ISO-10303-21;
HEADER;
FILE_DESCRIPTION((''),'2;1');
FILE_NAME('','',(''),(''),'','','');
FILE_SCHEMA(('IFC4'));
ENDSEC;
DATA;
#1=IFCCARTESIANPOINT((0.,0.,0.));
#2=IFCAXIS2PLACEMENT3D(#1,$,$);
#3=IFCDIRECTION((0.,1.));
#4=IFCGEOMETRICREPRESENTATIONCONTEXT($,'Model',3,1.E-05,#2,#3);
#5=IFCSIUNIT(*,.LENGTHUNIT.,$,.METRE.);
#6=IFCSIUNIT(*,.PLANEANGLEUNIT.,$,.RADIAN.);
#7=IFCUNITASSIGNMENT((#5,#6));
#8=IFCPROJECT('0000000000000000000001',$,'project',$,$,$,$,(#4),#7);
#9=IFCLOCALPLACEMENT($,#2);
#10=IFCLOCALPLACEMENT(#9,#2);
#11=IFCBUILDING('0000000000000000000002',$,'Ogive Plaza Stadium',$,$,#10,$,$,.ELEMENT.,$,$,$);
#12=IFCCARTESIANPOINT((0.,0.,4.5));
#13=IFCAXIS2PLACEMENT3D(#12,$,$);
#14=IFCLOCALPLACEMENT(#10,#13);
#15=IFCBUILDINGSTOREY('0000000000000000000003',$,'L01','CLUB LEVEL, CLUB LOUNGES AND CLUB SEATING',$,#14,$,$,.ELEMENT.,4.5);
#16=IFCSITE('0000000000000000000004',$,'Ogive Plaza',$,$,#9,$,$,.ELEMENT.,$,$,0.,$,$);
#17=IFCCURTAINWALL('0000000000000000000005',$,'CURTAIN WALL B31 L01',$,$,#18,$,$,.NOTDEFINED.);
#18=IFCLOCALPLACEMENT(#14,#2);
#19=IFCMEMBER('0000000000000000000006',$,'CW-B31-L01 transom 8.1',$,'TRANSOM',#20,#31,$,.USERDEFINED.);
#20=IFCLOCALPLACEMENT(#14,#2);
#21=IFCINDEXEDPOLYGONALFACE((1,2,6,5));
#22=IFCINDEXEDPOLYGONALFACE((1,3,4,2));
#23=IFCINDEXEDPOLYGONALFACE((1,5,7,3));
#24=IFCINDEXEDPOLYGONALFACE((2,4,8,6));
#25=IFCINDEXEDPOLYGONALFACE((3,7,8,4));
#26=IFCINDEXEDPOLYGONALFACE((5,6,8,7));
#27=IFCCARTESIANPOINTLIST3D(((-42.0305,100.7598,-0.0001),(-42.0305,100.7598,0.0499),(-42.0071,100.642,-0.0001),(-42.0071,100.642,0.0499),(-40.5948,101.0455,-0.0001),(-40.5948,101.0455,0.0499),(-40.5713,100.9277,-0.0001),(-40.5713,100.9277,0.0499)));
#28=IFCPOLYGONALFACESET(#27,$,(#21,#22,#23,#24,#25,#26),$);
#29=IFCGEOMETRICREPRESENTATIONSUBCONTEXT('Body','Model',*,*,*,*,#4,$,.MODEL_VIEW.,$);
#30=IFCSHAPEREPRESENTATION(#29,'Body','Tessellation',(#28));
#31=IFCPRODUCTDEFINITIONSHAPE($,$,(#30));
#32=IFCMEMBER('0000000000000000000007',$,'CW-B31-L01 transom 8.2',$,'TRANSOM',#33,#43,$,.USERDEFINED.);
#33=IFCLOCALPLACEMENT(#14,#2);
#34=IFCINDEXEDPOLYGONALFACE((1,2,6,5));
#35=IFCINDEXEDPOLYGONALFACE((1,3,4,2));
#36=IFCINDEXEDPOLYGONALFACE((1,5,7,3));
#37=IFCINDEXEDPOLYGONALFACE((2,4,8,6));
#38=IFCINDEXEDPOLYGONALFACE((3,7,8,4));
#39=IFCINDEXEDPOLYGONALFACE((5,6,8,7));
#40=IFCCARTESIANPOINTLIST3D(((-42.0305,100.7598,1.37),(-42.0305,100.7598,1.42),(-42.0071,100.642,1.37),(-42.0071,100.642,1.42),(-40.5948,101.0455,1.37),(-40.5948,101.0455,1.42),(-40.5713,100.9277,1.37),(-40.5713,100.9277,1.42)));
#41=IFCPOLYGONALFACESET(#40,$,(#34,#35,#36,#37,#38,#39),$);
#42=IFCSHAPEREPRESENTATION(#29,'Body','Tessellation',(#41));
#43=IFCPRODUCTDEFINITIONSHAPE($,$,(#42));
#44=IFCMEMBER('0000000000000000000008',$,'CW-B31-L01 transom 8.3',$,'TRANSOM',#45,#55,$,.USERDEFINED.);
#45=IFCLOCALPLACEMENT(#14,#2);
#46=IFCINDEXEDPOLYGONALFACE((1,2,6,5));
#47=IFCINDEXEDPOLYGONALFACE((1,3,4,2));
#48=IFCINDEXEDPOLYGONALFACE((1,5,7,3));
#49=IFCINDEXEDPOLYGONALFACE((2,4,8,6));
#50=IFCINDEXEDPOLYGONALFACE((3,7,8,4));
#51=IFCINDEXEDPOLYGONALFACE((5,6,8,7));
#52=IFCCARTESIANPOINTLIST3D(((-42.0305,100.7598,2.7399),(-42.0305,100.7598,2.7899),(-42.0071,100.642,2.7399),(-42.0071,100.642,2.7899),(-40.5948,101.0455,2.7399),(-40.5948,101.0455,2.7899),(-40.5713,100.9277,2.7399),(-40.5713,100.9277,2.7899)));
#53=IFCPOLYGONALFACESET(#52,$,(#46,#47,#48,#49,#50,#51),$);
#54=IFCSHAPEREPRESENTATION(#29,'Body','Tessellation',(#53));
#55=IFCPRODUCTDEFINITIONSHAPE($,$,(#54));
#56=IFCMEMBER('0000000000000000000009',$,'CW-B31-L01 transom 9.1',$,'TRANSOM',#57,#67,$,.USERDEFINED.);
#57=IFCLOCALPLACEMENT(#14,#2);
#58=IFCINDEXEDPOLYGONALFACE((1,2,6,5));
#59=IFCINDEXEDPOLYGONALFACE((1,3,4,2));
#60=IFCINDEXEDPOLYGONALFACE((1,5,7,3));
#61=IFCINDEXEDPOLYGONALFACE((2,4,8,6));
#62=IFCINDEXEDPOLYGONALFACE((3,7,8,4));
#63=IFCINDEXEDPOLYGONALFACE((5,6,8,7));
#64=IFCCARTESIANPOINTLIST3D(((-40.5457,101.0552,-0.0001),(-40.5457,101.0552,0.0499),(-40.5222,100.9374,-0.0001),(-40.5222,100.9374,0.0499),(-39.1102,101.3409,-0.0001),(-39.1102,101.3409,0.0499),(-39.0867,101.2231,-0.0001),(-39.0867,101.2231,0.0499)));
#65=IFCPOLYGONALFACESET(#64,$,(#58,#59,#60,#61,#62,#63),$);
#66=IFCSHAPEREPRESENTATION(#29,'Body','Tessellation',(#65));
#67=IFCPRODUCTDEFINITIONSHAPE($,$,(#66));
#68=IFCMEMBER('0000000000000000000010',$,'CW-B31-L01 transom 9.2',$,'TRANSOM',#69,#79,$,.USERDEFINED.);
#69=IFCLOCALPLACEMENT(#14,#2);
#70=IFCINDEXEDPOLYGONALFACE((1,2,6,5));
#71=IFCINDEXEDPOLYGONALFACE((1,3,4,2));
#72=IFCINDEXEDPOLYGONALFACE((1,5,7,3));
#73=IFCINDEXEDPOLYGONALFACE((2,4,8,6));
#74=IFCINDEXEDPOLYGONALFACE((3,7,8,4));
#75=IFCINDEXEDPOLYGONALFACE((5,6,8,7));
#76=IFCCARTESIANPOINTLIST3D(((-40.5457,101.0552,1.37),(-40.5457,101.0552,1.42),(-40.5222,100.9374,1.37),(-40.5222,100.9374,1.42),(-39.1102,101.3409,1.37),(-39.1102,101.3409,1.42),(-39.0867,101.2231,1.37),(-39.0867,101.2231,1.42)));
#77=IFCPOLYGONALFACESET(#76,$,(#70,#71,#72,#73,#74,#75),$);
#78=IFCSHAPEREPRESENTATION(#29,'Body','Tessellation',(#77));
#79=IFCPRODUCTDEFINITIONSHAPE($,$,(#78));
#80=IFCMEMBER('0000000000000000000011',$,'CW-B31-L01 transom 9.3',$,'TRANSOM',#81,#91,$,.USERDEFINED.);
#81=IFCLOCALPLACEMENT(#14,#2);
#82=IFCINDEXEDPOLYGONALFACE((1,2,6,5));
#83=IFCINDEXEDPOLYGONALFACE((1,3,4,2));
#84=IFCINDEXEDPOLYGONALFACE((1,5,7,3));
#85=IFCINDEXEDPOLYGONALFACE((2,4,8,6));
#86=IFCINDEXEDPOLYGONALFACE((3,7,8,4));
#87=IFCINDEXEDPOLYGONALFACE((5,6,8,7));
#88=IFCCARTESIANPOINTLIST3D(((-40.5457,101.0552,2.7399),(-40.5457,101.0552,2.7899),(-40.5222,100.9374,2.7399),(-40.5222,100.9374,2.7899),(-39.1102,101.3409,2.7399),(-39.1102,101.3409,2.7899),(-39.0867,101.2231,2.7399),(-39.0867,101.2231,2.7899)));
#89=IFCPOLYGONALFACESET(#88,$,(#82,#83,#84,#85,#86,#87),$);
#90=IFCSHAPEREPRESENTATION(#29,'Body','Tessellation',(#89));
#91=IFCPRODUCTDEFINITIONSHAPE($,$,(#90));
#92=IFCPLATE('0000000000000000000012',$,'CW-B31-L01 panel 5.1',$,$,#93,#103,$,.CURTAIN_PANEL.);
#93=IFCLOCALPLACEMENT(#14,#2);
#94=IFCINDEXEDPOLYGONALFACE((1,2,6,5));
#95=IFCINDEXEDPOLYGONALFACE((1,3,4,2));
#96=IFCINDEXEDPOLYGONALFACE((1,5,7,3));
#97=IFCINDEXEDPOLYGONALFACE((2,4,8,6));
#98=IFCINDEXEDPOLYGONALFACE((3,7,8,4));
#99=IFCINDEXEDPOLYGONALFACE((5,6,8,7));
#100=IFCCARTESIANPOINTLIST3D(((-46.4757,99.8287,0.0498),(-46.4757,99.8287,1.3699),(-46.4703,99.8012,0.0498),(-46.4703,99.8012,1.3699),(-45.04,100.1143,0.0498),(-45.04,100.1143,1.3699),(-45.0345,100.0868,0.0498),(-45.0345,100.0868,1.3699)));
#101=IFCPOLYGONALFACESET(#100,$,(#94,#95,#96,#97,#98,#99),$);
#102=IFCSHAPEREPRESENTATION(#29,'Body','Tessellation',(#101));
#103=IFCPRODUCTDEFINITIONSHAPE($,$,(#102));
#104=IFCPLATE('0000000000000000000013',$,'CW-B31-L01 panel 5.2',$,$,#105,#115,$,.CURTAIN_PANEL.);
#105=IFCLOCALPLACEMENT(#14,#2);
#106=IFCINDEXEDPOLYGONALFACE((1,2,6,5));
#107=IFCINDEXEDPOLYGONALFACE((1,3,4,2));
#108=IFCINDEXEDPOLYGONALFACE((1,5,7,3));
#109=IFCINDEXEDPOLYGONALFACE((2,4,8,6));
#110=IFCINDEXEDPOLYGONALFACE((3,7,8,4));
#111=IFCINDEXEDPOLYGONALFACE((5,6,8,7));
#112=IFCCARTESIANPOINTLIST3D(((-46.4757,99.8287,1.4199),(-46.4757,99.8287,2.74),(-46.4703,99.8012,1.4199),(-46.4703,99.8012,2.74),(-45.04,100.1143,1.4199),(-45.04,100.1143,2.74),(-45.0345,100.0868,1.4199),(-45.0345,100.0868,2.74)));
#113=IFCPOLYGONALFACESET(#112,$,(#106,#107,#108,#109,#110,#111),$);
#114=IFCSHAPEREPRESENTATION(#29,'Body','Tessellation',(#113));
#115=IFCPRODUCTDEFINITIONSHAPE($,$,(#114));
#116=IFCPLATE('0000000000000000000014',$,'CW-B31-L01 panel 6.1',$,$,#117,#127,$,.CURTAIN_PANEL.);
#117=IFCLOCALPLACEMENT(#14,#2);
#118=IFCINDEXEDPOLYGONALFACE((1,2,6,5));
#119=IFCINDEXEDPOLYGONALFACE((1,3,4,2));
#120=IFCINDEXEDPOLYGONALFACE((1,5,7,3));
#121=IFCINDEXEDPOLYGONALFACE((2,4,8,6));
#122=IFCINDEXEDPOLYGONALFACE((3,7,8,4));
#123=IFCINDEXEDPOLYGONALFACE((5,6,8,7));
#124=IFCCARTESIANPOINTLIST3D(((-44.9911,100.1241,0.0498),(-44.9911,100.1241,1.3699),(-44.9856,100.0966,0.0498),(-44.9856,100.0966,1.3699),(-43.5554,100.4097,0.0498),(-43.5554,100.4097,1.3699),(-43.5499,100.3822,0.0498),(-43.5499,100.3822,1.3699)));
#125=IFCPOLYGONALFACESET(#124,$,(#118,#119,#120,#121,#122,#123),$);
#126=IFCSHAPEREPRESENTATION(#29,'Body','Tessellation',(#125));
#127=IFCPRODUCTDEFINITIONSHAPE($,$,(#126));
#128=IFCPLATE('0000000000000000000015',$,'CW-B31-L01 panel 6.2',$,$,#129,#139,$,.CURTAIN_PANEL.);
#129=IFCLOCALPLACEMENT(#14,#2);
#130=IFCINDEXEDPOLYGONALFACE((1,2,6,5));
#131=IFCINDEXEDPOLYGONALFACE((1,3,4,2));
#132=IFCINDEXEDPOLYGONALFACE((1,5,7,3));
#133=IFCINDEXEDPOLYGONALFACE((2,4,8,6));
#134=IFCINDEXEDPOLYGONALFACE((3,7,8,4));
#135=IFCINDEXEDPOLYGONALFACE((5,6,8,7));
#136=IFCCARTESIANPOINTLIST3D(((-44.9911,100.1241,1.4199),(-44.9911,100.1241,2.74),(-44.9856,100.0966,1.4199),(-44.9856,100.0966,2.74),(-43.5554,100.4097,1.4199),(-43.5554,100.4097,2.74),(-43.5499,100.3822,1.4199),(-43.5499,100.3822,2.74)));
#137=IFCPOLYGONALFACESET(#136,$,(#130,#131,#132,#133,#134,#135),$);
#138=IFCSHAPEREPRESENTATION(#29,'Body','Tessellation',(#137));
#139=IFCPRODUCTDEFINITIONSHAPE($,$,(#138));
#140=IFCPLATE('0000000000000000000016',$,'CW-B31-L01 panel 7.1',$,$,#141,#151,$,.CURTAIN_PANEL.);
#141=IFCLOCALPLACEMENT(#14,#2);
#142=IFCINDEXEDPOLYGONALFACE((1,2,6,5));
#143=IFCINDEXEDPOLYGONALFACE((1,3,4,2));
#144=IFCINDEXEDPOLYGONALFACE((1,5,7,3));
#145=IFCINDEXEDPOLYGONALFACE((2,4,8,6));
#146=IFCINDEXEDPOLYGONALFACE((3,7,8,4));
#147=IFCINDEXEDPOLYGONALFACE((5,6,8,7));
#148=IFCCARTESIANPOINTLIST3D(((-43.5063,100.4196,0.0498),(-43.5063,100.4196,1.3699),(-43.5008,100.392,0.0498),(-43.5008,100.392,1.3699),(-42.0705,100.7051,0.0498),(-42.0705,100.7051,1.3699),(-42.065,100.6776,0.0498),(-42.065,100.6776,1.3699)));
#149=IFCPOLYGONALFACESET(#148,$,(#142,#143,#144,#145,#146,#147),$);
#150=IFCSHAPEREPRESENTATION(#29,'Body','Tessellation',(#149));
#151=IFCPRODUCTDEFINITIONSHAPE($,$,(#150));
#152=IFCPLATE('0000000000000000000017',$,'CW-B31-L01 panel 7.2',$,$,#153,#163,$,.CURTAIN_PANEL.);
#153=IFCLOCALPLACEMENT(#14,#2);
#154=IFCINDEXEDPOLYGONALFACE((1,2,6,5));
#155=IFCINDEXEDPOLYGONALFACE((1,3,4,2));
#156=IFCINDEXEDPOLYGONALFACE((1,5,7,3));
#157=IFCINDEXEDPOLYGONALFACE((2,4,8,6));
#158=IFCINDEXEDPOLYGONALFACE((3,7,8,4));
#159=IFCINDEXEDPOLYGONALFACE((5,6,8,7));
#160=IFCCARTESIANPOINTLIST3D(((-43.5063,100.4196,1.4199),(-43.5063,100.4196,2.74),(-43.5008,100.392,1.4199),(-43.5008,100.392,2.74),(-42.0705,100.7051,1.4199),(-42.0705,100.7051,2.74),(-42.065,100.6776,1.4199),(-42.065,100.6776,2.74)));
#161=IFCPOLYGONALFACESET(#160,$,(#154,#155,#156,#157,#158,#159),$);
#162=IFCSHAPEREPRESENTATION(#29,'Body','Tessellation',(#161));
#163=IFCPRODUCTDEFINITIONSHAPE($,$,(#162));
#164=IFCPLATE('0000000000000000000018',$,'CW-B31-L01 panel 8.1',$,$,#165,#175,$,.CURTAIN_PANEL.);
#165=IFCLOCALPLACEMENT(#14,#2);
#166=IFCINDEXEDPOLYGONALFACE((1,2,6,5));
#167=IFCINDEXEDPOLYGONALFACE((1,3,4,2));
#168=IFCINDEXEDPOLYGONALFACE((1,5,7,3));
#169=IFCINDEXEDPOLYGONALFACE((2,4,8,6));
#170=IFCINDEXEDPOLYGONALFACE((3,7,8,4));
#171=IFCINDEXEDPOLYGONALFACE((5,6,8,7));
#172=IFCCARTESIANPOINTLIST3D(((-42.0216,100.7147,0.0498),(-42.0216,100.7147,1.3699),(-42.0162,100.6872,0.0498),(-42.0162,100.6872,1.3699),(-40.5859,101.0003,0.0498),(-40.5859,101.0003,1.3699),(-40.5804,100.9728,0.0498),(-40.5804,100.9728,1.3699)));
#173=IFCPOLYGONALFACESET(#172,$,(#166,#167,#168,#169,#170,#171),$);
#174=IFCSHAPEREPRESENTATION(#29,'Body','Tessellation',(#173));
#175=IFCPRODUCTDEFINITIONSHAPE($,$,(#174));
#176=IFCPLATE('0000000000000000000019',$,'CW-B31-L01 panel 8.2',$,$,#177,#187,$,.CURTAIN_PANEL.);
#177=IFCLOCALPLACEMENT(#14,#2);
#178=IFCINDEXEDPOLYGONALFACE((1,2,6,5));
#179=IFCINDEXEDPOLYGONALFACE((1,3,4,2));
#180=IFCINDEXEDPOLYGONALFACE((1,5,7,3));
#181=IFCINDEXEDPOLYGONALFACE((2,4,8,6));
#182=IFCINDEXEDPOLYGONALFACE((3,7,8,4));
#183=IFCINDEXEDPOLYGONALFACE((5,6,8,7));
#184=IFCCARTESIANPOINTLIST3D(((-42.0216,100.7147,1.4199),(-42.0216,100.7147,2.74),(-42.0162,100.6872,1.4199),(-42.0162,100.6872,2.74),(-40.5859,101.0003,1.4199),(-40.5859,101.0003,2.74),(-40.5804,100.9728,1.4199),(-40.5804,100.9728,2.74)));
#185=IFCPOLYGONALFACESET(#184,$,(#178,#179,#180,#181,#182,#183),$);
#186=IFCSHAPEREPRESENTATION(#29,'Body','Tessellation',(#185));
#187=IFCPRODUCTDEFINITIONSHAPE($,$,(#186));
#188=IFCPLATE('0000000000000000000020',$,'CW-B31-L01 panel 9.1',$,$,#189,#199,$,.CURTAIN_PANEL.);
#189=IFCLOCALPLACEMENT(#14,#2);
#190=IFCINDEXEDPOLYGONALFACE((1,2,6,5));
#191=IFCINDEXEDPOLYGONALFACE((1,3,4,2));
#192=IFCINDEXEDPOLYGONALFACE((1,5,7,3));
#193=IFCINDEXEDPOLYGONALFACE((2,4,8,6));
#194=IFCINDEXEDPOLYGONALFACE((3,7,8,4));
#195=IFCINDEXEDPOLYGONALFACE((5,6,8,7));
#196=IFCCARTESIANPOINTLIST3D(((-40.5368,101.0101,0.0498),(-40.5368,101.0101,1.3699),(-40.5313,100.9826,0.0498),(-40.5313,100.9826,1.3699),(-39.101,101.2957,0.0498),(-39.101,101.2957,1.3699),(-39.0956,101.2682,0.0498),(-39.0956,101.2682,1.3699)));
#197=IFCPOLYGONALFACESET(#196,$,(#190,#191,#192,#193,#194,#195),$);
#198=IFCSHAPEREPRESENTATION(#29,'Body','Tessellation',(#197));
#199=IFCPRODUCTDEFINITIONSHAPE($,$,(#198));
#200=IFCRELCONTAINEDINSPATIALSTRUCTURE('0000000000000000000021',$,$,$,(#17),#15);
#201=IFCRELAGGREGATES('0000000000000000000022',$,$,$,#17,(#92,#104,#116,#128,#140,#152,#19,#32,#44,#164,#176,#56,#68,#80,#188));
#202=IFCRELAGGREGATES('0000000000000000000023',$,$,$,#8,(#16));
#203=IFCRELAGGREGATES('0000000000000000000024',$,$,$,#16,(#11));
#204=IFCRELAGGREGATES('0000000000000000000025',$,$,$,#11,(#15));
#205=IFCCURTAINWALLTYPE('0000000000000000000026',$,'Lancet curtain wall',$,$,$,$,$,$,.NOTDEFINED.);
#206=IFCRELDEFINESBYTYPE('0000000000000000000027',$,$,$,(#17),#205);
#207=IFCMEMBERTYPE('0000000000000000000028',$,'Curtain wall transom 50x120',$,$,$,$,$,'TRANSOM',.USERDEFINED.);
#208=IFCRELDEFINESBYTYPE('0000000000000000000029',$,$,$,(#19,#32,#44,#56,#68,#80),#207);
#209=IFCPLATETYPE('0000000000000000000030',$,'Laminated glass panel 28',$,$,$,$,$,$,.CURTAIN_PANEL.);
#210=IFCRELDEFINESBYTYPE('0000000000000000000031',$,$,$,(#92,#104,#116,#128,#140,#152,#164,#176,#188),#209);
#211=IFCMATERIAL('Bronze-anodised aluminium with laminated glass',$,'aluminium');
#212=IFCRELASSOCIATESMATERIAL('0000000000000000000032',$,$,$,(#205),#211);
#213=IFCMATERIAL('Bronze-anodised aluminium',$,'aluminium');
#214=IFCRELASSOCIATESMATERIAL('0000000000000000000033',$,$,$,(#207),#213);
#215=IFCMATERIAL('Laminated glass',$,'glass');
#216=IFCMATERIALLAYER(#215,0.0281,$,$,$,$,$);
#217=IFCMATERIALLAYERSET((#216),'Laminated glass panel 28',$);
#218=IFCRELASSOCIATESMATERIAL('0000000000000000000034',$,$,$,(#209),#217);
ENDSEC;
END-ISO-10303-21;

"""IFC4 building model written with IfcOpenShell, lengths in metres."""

from ifc_helpers import new_model, si_unit, direction, frame, origin, origin_2d, place, context, subcontext, project, spatial, rectangle, extrude, material, layer, layer_set, material_profile, profile_set, type_object, element, aggregate, save


model = new_model("IFC4")

# Units and contexts
model_context = context("Model", 3, precision=1e-05, world=origin(), true_north=direction((0.0, 1.0)))
body_context = subcontext(model_context, "Body", "Model", "MODEL_VIEW")
ifc_project = project(units=[si_unit("LENGTHUNIT", "METRE"), si_unit("PLANEANGLEUNIT", "RADIAN")], contexts=[model_context])

# Site, building, storey
site_placement = place(None, origin())
site = spatial("IfcSite", under=ifc_project, at=site_placement, Name="Ogive Plaza", CompositionType="ELEMENT", RefElevation=0.0)
building_placement = place(site_placement, origin())
building = spatial("IfcBuilding", under=site, at=building_placement, Name="Ogive Plaza Stadium", CompositionType="ELEMENT")
storey_placement = place(building_placement, frame((0.0, 0.0, 4.5)))
storey = spatial("IfcBuildingStorey", under=building, at=storey_placement, Name="L01", Description="CLUB LEVEL, CLUB LOUNGES AND CLUB SEATING", CompositionType="ELEMENT", Elevation=4.5)

# Curtain wall, members, plates
ifc_material_1 = material(Name="Bronze-anodised aluminium with laminated glass", Category="aluminium")
curtain_wall_type = type_object("IfcCurtainWallType", Name="Lancet curtain wall", PredefinedType="NOTDEFINED", material=ifc_material_1)
curtain_wall_placement = place(storey_placement, origin())
curtain_wall = element("IfcCurtainWall", 1, at=curtain_wall_placement, inside=storey, type_object=curtain_wall_type, Name="CURTAIN WALL B31 L01", PredefinedType="NOTDEFINED")
ifc_material_2 = material(Name="Bronze-anodised aluminium", Category="aluminium")
ifc_material_profile_1 = material_profile(ifc_material_2, rectangle(XDim=0.1201, YDim=0.05, at=origin_2d()), Name="AL 120x50")
ifc_profile_set_1 = profile_set([ifc_material_profile_1], Name="Bronze-anodised aluminium")
member_type_1 = type_object("IfcMemberType", Name="Curtain wall transom 50x120", ElementType="TRANSOM", PredefinedType="USERDEFINED", material=ifc_profile_set_1)
member_1_placement = place(storey_placement, frame((-42.0188, 100.7009, 0.0249), z_axis=(0.980779, 0.195122, 0.0), x_axis=(-0.195122, 0.980779, 0.0)))
member_1 = element("IfcMember", 2, at=member_1_placement, type_object=member_type_1, Name="CW-B31-L01 transom 8.1", ObjectType="TRANSOM", PredefinedType="USERDEFINED", context=body_context, shape_type="SweptSolid", body=[
    extrude(rectangle(XDim=0.1201, YDim=0.05, at=origin_2d()), origin(), (0.0, 0.0, 1.0), 1.4639),
])
member_2_placement = place(storey_placement, frame((-42.0188, 100.7009, 1.395), z_axis=(0.980779, 0.195122, 0.0), x_axis=(-0.195122, 0.980779, 0.0)))
member_2 = element("IfcMember", 3, at=member_2_placement, type_object=member_type_1, Name="CW-B31-L01 transom 8.2", ObjectType="TRANSOM", PredefinedType="USERDEFINED", context=body_context, shape_type="SweptSolid", body=[
    extrude(rectangle(XDim=0.1201, YDim=0.05, at=origin_2d()), origin(), (0.0, 0.0, 1.0), 1.4639),
])
member_3_placement = place(storey_placement, frame((-42.0188, 100.7009, 2.7649), z_axis=(0.980779, 0.195122, 0.0), x_axis=(-0.195122, 0.980779, 0.0)))
member_3 = element("IfcMember", 4, at=member_3_placement, type_object=member_type_1, Name="CW-B31-L01 transom 8.3", ObjectType="TRANSOM", PredefinedType="USERDEFINED", context=body_context, shape_type="SweptSolid", body=[
    extrude(rectangle(XDim=0.1201, YDim=0.05, at=origin_2d()), origin(), (0.0, 0.0, 1.0), 1.4639),
])
member_4_placement = place(storey_placement, frame((-40.5339, 100.9963, 0.0249), z_axis=(0.980773, 0.195154, 0.0), x_axis=(-0.195154, 0.980773, 0.0)))
member_4 = element("IfcMember", 5, at=member_4_placement, type_object=member_type_1, Name="CW-B31-L01 transom 9.1", ObjectType="TRANSOM", PredefinedType="USERDEFINED", context=body_context, shape_type="SweptSolid", body=[
    extrude(rectangle(XDim=0.1201, YDim=0.05, at=origin_2d()), origin(), (0.0, 0.0, 1.0), 1.4636),
])
member_5_placement = place(storey_placement, frame((-40.5339, 100.9963, 1.395), z_axis=(0.980773, 0.195154, 0.0), x_axis=(-0.195154, 0.980773, 0.0)))
member_5 = element("IfcMember", 6, at=member_5_placement, type_object=member_type_1, Name="CW-B31-L01 transom 9.2", ObjectType="TRANSOM", PredefinedType="USERDEFINED", context=body_context, shape_type="SweptSolid", body=[
    extrude(rectangle(XDim=0.1201, YDim=0.05, at=origin_2d()), origin(), (0.0, 0.0, 1.0), 1.4636),
])
member_6_placement = place(storey_placement, frame((-40.5339, 100.9963, 2.7649), z_axis=(0.980773, 0.195154, 0.0), x_axis=(-0.195154, 0.980773, 0.0)))
member_6 = element("IfcMember", 7, at=member_6_placement, type_object=member_type_1, Name="CW-B31-L01 transom 9.3", ObjectType="TRANSOM", PredefinedType="USERDEFINED", context=body_context, shape_type="SweptSolid", body=[
    extrude(rectangle(XDim=0.1201, YDim=0.05, at=origin_2d()), origin(), (0.0, 0.0, 1.0), 1.4636),
])
ifc_material_3 = material(Name="Laminated glass", Category="glass")
ifc_layer_1 = layer(ifc_material_3, 0.0281)
ifc_layer_set_1 = layer_set([ifc_layer_1], Name="Laminated glass panel 28")
plate_type = type_object("IfcPlateType", Name="Laminated glass panel 28", PredefinedType="CURTAIN_PANEL", material=ifc_layer_set_1)
plate_1_placement = place(storey_placement, frame((-45.7551, 99.9578, 0.0498), z_axis=(0.0, 0.0, 1.0), x_axis=(0.980785, 0.19509, 0.0)))
plate_1 = element("IfcPlate", 8, at=plate_1_placement, type_object=plate_type, Name="CW-B31-L01 panel 5.1", PredefinedType="CURTAIN_PANEL", context=body_context, shape_type="SweptSolid", body=[
    extrude(rectangle(XDim=1.4639, YDim=0.0281, at=origin_2d()), origin(), (0.0, 0.0, 1.0), 1.3201),
])
plate_2_placement = place(storey_placement, frame((-45.7551, 99.9578, 1.4199), z_axis=(0.0, 0.0, 1.0), x_axis=(0.980785, 0.19509, 0.0)))
plate_2 = element("IfcPlate", 9, at=plate_2_placement, type_object=plate_type, Name="CW-B31-L01 panel 5.2", PredefinedType="CURTAIN_PANEL", context=body_context, shape_type="SweptSolid", body=[
    extrude(rectangle(XDim=1.4639, YDim=0.0281, at=origin_2d()), origin(), (0.0, 0.0, 1.0), 1.3201),
])
plate_3_placement = place(storey_placement, frame((-44.2705, 100.2532, 0.0498), z_axis=(0.0, 0.0, 1.0), x_axis=(0.980785, 0.19509, 0.0)))
plate_3 = element("IfcPlate", 10, at=plate_3_placement, type_object=plate_type, Name="CW-B31-L01 panel 6.1", PredefinedType="CURTAIN_PANEL", context=body_context, shape_type="SweptSolid", body=[
    extrude(rectangle(XDim=1.4639, YDim=0.0281, at=origin_2d()), origin(), (0.0, 0.0, 1.0), 1.3201),
])
plate_4_placement = place(storey_placement, frame((-44.2705, 100.2532, 1.4199), z_axis=(0.0, 0.0, 1.0), x_axis=(0.980785, 0.19509, 0.0)))
plate_4 = element("IfcPlate", 11, at=plate_4_placement, type_object=plate_type, Name="CW-B31-L01 panel 6.2", PredefinedType="CURTAIN_PANEL", context=body_context, shape_type="SweptSolid", body=[
    extrude(rectangle(XDim=1.4639, YDim=0.0281, at=origin_2d()), origin(), (0.0, 0.0, 1.0), 1.3201),
])
plate_5_placement = place(storey_placement, frame((-42.7856, 100.5486, 0.0498), z_axis=(0.0, 0.0, 1.0), x_axis=(0.980785, 0.19509, 0.0)))
plate_5 = element("IfcPlate", 12, at=plate_5_placement, type_object=plate_type, Name="CW-B31-L01 panel 7.1", PredefinedType="CURTAIN_PANEL", context=body_context, shape_type="SweptSolid", body=[
    extrude(rectangle(XDim=1.4639, YDim=0.0281, at=origin_2d()), origin(), (0.0, 0.0, 1.0), 1.3201),
])
plate_6_placement = place(storey_placement, frame((-42.7856, 100.5486, 1.4199), z_axis=(0.0, 0.0, 1.0), x_axis=(0.980785, 0.19509, 0.0)))
plate_6 = element("IfcPlate", 13, at=plate_6_placement, type_object=plate_type, Name="CW-B31-L01 panel 7.2", PredefinedType="CURTAIN_PANEL", context=body_context, shape_type="SweptSolid", body=[
    extrude(rectangle(XDim=1.4639, YDim=0.0281, at=origin_2d()), origin(), (0.0, 0.0, 1.0), 1.3201),
])
plate_7_placement = place(storey_placement, frame((-41.301, 100.8438, 0.0498), z_axis=(0.0, 0.0, 1.0), x_axis=(0.980785, 0.19509, 0.0)))
plate_7 = element("IfcPlate", 14, at=plate_7_placement, type_object=plate_type, Name="CW-B31-L01 panel 8.1", PredefinedType="CURTAIN_PANEL", context=body_context, shape_type="SweptSolid", body=[
    extrude(rectangle(XDim=1.4639, YDim=0.0281, at=origin_2d()), origin(), (0.0, 0.0, 1.0), 1.3201),
])
plate_8_placement = place(storey_placement, frame((-41.301, 100.8438, 1.4199), z_axis=(0.0, 0.0, 1.0), x_axis=(0.980785, 0.19509, 0.0)))
plate_8 = element("IfcPlate", 15, at=plate_8_placement, type_object=plate_type, Name="CW-B31-L01 panel 8.2", PredefinedType="CURTAIN_PANEL", context=body_context, shape_type="SweptSolid", body=[
    extrude(rectangle(XDim=1.4639, YDim=0.0281, at=origin_2d()), origin(), (0.0, 0.0, 1.0), 1.3201),
])
plate_9_placement = place(storey_placement, frame((-39.8162, 101.1392, 0.0498), z_axis=(0.0, 0.0, 1.0), x_axis=(0.980785, 0.19509, 0.0)))
plate_9 = element("IfcPlate", 16, at=plate_9_placement, type_object=plate_type, Name="CW-B31-L01 panel 9.1", PredefinedType="CURTAIN_PANEL", context=body_context, shape_type="SweptSolid", body=[
    extrude(rectangle(XDim=1.4639, YDim=0.0281, at=origin_2d()), origin(), (0.0, 0.0, 1.0), 1.3201),
])
aggregate(curtain_wall, [plate_1, plate_2, plate_3, plate_4, plate_5, plate_6, member_1, member_2, member_3, plate_7, plate_8, member_4, member_5, member_6, plate_9])

save(model, "model.ifc")
